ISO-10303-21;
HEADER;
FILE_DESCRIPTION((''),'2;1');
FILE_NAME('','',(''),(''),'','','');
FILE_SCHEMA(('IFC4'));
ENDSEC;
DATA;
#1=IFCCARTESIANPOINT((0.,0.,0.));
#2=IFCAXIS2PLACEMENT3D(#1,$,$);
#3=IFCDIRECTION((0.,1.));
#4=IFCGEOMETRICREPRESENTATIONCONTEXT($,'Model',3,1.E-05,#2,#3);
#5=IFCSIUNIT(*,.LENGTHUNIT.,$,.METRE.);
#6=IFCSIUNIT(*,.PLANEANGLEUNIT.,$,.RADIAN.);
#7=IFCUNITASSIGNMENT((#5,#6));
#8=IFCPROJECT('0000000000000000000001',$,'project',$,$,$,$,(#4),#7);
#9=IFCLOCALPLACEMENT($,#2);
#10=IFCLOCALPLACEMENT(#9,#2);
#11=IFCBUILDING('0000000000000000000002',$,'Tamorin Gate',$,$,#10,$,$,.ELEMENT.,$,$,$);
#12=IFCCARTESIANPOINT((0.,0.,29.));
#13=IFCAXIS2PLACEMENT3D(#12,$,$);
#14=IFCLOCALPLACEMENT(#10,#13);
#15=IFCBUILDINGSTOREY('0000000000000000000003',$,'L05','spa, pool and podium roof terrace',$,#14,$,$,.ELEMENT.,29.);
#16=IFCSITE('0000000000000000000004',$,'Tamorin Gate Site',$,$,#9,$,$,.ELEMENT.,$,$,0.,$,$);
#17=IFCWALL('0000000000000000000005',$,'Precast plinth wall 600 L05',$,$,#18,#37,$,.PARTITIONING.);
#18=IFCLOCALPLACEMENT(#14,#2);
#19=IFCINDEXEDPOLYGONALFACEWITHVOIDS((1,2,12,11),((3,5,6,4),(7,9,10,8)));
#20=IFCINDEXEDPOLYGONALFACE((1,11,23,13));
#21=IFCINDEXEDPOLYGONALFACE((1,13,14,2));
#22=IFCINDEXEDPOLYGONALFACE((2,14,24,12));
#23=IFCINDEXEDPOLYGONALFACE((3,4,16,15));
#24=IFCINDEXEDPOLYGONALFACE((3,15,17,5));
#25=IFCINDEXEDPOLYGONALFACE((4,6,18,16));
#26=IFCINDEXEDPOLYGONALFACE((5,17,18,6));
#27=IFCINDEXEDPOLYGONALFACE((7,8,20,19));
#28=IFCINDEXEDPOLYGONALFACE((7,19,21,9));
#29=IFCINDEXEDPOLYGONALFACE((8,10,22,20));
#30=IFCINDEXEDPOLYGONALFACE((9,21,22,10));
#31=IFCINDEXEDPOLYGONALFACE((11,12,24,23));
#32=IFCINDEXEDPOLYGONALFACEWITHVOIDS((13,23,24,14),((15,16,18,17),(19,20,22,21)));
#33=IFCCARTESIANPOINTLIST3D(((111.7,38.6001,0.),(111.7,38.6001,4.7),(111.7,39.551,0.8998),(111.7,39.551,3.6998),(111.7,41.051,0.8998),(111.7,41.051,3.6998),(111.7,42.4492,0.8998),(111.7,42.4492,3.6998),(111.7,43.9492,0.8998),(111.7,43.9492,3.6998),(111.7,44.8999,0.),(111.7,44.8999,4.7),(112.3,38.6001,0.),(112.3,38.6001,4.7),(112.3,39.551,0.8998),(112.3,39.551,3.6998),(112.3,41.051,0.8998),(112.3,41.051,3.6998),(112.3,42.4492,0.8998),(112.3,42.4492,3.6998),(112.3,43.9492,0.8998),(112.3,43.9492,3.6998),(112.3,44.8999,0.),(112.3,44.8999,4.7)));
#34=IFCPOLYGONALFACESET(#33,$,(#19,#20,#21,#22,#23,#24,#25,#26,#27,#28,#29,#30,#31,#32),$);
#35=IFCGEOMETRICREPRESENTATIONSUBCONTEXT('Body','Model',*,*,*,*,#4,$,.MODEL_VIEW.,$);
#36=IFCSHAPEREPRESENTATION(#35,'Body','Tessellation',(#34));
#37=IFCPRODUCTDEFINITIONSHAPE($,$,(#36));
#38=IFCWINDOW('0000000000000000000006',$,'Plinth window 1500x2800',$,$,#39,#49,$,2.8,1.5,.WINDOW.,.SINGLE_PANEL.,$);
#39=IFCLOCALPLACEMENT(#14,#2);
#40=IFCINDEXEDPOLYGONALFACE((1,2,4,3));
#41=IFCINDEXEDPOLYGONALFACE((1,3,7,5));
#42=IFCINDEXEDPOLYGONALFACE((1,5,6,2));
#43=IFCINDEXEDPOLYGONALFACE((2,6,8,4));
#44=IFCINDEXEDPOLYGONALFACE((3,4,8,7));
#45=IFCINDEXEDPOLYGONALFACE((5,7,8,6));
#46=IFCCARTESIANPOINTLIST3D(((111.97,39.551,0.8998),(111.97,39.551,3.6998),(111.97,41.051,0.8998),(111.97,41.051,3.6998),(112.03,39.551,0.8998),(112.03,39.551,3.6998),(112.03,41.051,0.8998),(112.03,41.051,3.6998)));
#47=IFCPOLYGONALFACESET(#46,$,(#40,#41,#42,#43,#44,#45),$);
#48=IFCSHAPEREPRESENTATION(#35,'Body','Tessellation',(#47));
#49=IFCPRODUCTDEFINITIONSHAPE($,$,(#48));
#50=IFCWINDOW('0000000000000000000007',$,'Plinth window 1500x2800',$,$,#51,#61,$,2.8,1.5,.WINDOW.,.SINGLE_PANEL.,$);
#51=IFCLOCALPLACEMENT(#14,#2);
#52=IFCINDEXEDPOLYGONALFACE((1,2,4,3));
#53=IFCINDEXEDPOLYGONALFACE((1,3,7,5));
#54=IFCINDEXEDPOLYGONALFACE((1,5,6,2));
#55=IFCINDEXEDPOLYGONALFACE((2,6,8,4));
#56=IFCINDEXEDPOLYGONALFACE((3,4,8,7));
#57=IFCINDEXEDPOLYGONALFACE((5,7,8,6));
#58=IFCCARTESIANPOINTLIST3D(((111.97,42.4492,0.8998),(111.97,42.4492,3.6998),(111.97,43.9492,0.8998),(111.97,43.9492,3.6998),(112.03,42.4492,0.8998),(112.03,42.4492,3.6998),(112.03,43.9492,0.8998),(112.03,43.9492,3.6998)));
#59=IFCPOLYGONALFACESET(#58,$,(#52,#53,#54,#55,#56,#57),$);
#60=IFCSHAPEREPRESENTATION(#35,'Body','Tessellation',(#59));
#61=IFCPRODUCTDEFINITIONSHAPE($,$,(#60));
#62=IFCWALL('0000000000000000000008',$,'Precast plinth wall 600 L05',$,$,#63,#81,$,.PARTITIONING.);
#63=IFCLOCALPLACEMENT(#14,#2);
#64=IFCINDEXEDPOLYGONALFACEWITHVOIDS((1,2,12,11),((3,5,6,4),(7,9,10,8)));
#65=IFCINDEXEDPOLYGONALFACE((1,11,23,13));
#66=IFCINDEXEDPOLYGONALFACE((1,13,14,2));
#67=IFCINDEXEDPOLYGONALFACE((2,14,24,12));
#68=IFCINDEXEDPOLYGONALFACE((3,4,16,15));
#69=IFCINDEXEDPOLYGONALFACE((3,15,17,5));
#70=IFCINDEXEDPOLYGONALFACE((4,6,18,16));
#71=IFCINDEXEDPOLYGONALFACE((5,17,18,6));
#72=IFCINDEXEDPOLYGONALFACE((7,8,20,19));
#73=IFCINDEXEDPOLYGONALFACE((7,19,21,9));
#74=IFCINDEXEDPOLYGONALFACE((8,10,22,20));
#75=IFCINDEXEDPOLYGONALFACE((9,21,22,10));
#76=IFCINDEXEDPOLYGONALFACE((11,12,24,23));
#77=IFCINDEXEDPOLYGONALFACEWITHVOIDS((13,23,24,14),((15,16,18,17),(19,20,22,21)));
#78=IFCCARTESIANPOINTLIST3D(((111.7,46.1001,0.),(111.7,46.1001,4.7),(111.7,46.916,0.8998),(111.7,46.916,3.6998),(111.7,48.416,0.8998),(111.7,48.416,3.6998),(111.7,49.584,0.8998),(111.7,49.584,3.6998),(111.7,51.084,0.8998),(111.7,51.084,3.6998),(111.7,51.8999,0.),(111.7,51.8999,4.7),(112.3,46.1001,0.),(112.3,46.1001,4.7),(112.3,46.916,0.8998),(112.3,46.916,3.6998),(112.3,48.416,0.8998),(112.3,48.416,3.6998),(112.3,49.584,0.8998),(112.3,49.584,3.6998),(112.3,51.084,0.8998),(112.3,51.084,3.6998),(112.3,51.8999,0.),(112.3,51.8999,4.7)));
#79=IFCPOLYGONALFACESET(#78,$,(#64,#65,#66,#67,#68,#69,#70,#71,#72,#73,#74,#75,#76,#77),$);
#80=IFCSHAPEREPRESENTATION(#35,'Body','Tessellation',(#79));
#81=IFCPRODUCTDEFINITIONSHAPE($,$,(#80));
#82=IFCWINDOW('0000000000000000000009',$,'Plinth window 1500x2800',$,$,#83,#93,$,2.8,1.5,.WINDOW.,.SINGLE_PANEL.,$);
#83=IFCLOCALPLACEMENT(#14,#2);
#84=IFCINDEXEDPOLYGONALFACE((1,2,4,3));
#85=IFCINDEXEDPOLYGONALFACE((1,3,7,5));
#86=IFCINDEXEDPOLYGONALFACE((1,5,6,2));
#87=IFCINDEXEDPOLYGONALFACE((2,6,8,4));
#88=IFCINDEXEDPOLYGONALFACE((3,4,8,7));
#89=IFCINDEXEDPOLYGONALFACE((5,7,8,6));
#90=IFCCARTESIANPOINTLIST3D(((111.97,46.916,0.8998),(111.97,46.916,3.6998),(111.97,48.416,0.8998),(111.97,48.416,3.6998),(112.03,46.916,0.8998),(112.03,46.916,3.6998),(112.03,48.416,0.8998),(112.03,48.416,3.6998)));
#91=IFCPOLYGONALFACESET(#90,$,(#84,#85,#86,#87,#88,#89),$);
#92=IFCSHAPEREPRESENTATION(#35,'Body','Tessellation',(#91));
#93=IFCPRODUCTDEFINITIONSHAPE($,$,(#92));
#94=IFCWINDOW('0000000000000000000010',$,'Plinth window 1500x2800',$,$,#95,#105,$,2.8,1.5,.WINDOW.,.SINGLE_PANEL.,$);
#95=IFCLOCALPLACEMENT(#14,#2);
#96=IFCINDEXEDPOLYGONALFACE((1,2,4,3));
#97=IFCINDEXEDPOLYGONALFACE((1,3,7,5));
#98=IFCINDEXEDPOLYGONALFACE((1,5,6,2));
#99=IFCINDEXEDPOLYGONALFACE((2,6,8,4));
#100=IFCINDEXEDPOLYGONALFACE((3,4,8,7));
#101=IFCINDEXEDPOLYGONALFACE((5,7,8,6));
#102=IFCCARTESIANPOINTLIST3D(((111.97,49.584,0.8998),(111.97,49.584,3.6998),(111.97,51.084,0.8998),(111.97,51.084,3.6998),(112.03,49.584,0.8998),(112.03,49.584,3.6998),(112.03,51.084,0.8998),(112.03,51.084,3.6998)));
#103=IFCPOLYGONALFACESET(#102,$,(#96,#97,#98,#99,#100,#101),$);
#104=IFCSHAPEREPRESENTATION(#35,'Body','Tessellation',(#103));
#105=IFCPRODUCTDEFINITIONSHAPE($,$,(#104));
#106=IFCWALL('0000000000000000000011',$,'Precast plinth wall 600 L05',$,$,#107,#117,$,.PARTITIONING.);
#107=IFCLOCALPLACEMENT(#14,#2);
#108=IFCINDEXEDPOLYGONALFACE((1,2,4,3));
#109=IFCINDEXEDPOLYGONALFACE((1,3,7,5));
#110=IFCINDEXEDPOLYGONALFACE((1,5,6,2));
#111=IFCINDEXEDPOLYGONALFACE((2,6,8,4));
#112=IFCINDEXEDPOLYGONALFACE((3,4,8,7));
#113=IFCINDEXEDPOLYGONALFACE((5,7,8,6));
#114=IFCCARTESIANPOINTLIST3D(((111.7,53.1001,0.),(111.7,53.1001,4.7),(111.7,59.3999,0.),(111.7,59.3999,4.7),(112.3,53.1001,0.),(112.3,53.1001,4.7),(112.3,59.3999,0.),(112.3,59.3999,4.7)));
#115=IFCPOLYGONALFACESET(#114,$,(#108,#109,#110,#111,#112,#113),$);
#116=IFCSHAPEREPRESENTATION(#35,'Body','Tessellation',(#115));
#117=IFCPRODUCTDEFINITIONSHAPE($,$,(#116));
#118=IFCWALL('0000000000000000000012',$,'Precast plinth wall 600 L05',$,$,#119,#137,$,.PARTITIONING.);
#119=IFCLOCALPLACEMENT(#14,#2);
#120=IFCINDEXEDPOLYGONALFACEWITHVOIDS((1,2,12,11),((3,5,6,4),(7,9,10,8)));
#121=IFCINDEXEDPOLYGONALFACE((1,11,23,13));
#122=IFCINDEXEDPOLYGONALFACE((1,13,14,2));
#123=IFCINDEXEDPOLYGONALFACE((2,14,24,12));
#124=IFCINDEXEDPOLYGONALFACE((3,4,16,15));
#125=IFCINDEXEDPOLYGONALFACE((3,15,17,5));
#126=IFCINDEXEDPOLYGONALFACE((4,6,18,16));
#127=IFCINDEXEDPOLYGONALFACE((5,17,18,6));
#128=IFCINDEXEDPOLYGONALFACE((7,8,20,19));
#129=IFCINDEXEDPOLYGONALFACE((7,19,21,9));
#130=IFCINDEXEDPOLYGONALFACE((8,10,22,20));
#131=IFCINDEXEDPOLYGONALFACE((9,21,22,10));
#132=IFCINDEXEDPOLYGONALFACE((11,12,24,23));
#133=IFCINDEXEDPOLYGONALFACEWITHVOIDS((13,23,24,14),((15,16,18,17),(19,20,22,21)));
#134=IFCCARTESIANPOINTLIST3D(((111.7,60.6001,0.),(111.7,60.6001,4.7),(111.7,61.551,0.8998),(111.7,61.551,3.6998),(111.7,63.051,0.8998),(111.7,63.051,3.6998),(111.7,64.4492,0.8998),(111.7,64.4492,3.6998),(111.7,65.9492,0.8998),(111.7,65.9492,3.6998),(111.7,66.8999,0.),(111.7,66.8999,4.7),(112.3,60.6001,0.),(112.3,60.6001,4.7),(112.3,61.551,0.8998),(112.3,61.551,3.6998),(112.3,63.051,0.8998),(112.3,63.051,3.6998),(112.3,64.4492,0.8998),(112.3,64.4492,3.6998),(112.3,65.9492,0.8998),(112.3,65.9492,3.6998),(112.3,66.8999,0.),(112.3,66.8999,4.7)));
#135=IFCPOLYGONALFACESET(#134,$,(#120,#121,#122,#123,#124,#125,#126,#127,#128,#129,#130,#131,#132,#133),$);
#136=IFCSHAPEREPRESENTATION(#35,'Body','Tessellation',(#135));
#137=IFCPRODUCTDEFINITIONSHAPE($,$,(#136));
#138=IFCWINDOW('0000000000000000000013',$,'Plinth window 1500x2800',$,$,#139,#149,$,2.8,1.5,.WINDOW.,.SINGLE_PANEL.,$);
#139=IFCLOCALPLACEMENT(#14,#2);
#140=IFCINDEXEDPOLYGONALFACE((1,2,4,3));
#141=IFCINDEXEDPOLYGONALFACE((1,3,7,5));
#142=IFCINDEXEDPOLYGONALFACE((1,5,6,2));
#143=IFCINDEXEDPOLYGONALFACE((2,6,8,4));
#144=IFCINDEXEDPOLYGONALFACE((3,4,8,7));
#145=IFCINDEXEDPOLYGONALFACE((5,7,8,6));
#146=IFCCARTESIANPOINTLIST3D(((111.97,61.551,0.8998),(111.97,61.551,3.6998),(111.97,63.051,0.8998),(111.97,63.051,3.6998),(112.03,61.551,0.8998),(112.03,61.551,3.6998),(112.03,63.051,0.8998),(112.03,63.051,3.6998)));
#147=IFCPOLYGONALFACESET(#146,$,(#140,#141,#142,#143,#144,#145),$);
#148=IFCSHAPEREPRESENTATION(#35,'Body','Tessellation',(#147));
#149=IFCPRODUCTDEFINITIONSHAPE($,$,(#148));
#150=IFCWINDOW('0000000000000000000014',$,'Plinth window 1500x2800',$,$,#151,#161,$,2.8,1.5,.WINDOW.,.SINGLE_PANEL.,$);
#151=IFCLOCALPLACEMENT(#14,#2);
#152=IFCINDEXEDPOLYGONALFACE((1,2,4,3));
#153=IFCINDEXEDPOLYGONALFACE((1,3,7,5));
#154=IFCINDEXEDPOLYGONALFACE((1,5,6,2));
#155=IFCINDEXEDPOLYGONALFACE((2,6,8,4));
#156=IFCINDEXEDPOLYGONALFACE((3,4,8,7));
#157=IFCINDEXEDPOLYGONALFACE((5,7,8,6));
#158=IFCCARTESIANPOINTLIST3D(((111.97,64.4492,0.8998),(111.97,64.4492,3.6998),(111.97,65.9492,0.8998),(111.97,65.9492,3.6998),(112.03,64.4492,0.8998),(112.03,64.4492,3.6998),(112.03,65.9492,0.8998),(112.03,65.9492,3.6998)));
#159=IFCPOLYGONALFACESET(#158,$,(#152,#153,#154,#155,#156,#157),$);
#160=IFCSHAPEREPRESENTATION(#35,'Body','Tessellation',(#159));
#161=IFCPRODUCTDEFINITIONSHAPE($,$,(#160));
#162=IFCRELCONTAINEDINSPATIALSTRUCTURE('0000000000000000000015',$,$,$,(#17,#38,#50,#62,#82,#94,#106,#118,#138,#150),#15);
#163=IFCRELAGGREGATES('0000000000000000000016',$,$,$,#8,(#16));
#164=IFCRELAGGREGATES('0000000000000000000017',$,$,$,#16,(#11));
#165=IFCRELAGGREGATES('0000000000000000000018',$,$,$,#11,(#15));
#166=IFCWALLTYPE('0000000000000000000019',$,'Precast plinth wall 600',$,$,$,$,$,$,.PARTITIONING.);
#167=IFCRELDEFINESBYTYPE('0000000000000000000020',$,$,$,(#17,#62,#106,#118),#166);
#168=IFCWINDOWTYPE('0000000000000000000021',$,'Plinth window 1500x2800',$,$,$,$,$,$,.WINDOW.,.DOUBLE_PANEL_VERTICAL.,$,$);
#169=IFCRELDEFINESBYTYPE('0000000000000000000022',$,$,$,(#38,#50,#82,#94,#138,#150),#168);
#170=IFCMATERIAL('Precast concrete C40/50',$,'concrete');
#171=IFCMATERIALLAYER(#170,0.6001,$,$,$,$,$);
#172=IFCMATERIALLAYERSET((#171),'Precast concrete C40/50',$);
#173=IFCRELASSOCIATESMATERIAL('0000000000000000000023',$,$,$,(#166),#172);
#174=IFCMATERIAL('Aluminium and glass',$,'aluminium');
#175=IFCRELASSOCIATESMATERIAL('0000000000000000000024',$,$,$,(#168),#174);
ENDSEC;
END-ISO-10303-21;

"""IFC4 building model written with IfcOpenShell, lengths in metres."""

from ifc_helpers import new_model, si_unit, direction, frame, frame_2d, origin, place, context, subcontext, project, spatial, rectangle, extrude, material, layer, layer_set, type_object, element, fill, save


model = new_model("IFC4")

# Units and contexts
model_context = context("Model", 3, precision=1e-05, world=origin(), true_north=direction((0.0, 1.0)))
body_context = subcontext(model_context, "Body", "Model", "MODEL_VIEW")
ifc_project = project(units=[si_unit("LENGTHUNIT", "METRE"), si_unit("PLANEANGLEUNIT", "RADIAN")], contexts=[model_context])

# Site, building, storey
site_placement = place(None, origin())
site = spatial("IfcSite", under=ifc_project, at=site_placement, Name="Tamorin Gate Site", CompositionType="ELEMENT", RefElevation=0.0)
building_placement = place(site_placement, origin())
building = spatial("IfcBuilding", under=site, at=building_placement, Name="Tamorin Gate", CompositionType="ELEMENT")
storey_placement = place(building_placement, frame((0.0, 0.0, 29.0)))
storey = spatial("IfcBuildingStorey", under=building, at=storey_placement, Name="L05", Description="spa, pool and podium roof terrace", CompositionType="ELEMENT", Elevation=29.0)

# Walls, openings, windows
ifc_material_1 = material(Name="Precast concrete C40/50", Category="concrete")
ifc_layer = layer(ifc_material_1, 0.6001)
ifc_layer_set = layer_set([ifc_layer], Name="Precast concrete C40/50")
wall_type = type_object("IfcWallType", Name="Precast plinth wall 600", PredefinedType="PARTITIONING", material=ifc_layer_set)
ifc_material_2 = material(Name="Aluminium and glass", Category="aluminium")
window_type = type_object("IfcWindowType", Name="Plinth window 1500x2800", PartitioningType="DOUBLE_PANEL_VERTICAL", PredefinedType="WINDOW", material=ifc_material_2)
wall_1_placement = place(storey_placement, frame((112.0, 38.6001, 0.0), z_axis=(0.0, 0.0, 1.0), x_axis=(0.0, 1.0, 0.0)))
wall_1 = element("IfcWall", 1, at=wall_1_placement, inside=storey, type_object=wall_type, Name="Precast plinth wall 600 L05", PredefinedType="PARTITIONING", context=body_context, shape_type="SweptSolid", body=[
    extrude(rectangle(XDim=6.2998, YDim=0.6001, at=frame_2d((3.1499, 0.0))), origin(), (0.0, 0.0, 1.0), 4.7),
])
opening_1_placement = place(wall_1_placement, frame((0.9509, 0.0, 0.8999)))
opening_1 = element("IfcOpeningElement", 2, at=opening_1_placement, cuts=wall_1, PredefinedType="OPENING", context=body_context, shape_type="SweptSolid", body=[
    extrude(rectangle(XDim=1.5, YDim=2.8, at=frame_2d((0.75, 1.3999))), frame((0.0, 0.3101, 0.0), z_axis=(0.0, -1.0, 0.0), x_axis=(1.0, 0.0, 0.0)), (0.0, 0.0, 1.0), 0.6201),
])
opening_2_placement = place(wall_1_placement, frame((3.8491, 0.0, 0.8999)))
opening_2 = element("IfcOpeningElement", 3, at=opening_2_placement, cuts=wall_1, PredefinedType="OPENING", context=body_context, shape_type="SweptSolid", body=[
    extrude(rectangle(XDim=1.5, YDim=2.8, at=frame_2d((0.75, 1.3999))), frame((0.0, 0.3101, 0.0), z_axis=(0.0, -1.0, 0.0), x_axis=(1.0, 0.0, 0.0)), (0.0, 0.0, 1.0), 0.6201),
])
window_1_placement = place(opening_1_placement, origin())
window_1 = element("IfcWindow", 4, at=window_1_placement, inside=storey, type_object=window_type, Name="Plinth window 1500x2800", OverallHeight=2.8, OverallWidth=1.5, PartitioningType="SINGLE_PANEL", PredefinedType="WINDOW", context=body_context, shape_type="SweptSolid", body=[
    extrude(rectangle(XDim=1.5, YDim=2.8, at=frame_2d((0.75, 1.3999))), frame((0.0, 0.03, 0.0), z_axis=(0.0, -1.0, 0.0), x_axis=(1.0, 0.0, 0.0)), (0.0, 0.0, 1.0), 0.0601),
])
fill(opening_1, window_1)
window_2_placement = place(opening_2_placement, origin())
window_2 = element("IfcWindow", 5, at=window_2_placement, inside=storey, type_object=window_type, Name="Plinth window 1500x2800", OverallHeight=2.8, OverallWidth=1.5, PartitioningType="SINGLE_PANEL", PredefinedType="WINDOW", context=body_context, shape_type="SweptSolid", body=[
    extrude(rectangle(XDim=1.5, YDim=2.8, at=frame_2d((0.75, 1.3999))), frame((0.0, 0.03, 0.0), z_axis=(0.0, -1.0, 0.0), x_axis=(1.0, 0.0, 0.0)), (0.0, 0.0, 1.0), 0.0601),
])
fill(opening_2, window_2)
wall_2_placement = place(storey_placement, frame((112.0, 46.1001, 0.0), z_axis=(0.0, 0.0, 1.0), x_axis=(0.0, 1.0, 0.0)))
wall_2 = element("IfcWall", 6, at=wall_2_placement, inside=storey, type_object=wall_type, Name="Precast plinth wall 600 L05", PredefinedType="PARTITIONING", context=body_context, shape_type="SweptSolid", body=[
    extrude(rectangle(XDim=5.7998, YDim=0.6001, at=frame_2d((2.8999, 0.0))), origin(), (0.0, 0.0, 1.0), 4.7),
])
opening_3_placement = place(wall_2_placement, frame((0.8159, 0.0, 0.8999)))
opening_3 = element("IfcOpeningElement", 7, at=opening_3_placement, cuts=wall_2, PredefinedType="OPENING", context=body_context, shape_type="SweptSolid", body=[
    extrude(rectangle(XDim=1.5, YDim=2.8, at=frame_2d((0.75, 1.3999))), frame((0.0, 0.3101, 0.0), z_axis=(0.0, -1.0, 0.0), x_axis=(1.0, 0.0, 0.0)), (0.0, 0.0, 1.0), 0.6201),
])
opening_4_placement = place(wall_2_placement, frame((3.4839, 0.0, 0.8999)))
opening_4 = element("IfcOpeningElement", 8, at=opening_4_placement, cuts=wall_2, PredefinedType="OPENING", context=body_context, shape_type="SweptSolid", body=[
    extrude(rectangle(XDim=1.5, YDim=2.8, at=frame_2d((0.75, 1.3999))), frame((0.0, 0.3101, 0.0), z_axis=(0.0, -1.0, 0.0), x_axis=(1.0, 0.0, 0.0)), (0.0, 0.0, 1.0), 0.6201),
])
window_3_placement = place(opening_3_placement, origin())
window_3 = element("IfcWindow", 9, at=window_3_placement, inside=storey, type_object=window_type, Name="Plinth window 1500x2800", OverallHeight=2.8, OverallWidth=1.5, PartitioningType="SINGLE_PANEL", PredefinedType="WINDOW", context=body_context, shape_type="SweptSolid", body=[
    extrude(rectangle(XDim=1.5, YDim=2.8, at=frame_2d((0.75, 1.3999))), frame((0.0, 0.03, 0.0), z_axis=(0.0, -1.0, 0.0), x_axis=(1.0, 0.0, 0.0)), (0.0, 0.0, 1.0), 0.0601),
])
fill(opening_3, window_3)
window_4_placement = place(opening_4_placement, origin())
window_4 = element("IfcWindow", 10, at=window_4_placement, inside=storey, type_object=window_type, Name="Plinth window 1500x2800", OverallHeight=2.8, OverallWidth=1.5, PartitioningType="SINGLE_PANEL", PredefinedType="WINDOW", context=body_context, shape_type="SweptSolid", body=[
    extrude(rectangle(XDim=1.5, YDim=2.8, at=frame_2d((0.75, 1.3999))), frame((0.0, 0.03, 0.0), z_axis=(0.0, -1.0, 0.0), x_axis=(1.0, 0.0, 0.0)), (0.0, 0.0, 1.0), 0.0601),
])
fill(opening_4, window_4)

# Wall
wall_3_placement = place(storey_placement, frame((112.0, 53.1001, 0.0), z_axis=(0.0, 0.0, 1.0), x_axis=(0.0, 1.0, 0.0)))
element("IfcWall", 11, at=wall_3_placement, inside=storey, type_object=wall_type, Name="Precast plinth wall 600 L05", PredefinedType="PARTITIONING", context=body_context, shape_type="SweptSolid", body=[
    extrude(rectangle(XDim=6.2998, YDim=0.6001, at=frame_2d((3.1499, 0.0))), origin(), (0.0, 0.0, 1.0), 4.7),
])

# Wall, openings, windows
wall_4_placement = place(storey_placement, frame((112.0, 60.6001, 0.0), z_axis=(0.0, 0.0, 1.0), x_axis=(0.0, 1.0, 0.0)))
wall_4 = element("IfcWall", 12, at=wall_4_placement, inside=storey, type_object=wall_type, Name="Precast plinth wall 600 L05", PredefinedType="PARTITIONING", context=body_context, shape_type="SweptSolid", body=[
    extrude(rectangle(XDim=6.2998, YDim=0.6001, at=frame_2d((3.1499, 0.0))), origin(), (0.0, 0.0, 1.0), 4.7),
])
opening_5_placement = place(wall_4_placement, frame((0.9509, 0.0, 0.8999)))
opening_5 = element("IfcOpeningElement", 13, at=opening_5_placement, cuts=wall_4, PredefinedType="OPENING", context=body_context, shape_type="SweptSolid", body=[
    extrude(rectangle(XDim=1.5, YDim=2.8, at=frame_2d((0.75, 1.3999))), frame((0.0, 0.3101, 0.0), z_axis=(0.0, -1.0, 0.0), x_axis=(1.0, 0.0, 0.0)), (0.0, 0.0, 1.0), 0.6201),
])
opening_6_placement = place(wall_4_placement, frame((3.8491, 0.0, 0.8999)))
opening_6 = element("IfcOpeningElement", 14, at=opening_6_placement, cuts=wall_4, PredefinedType="OPENING", context=body_context, shape_type="SweptSolid", body=[
    extrude(rectangle(XDim=1.5, YDim=2.8, at=frame_2d((0.75, 1.3999))), frame((0.0, 0.3101, 0.0), z_axis=(0.0, -1.0, 0.0), x_axis=(1.0, 0.0, 0.0)), (0.0, 0.0, 1.0), 0.6201),
])
window_5_placement = place(opening_5_placement, origin())
window_5 = element("IfcWindow", 15, at=window_5_placement, inside=storey, type_object=window_type, Name="Plinth window 1500x2800", OverallHeight=2.8, OverallWidth=1.5, PartitioningType="SINGLE_PANEL", PredefinedType="WINDOW", context=body_context, shape_type="SweptSolid", body=[
    extrude(rectangle(XDim=1.5, YDim=2.8, at=frame_2d((0.75, 1.3999))), frame((0.0, 0.03, 0.0), z_axis=(0.0, -1.0, 0.0), x_axis=(1.0, 0.0, 0.0)), (0.0, 0.0, 1.0), 0.0601),
])
fill(opening_5, window_5)
window_6_placement = place(opening_6_placement, origin())
window_6 = element("IfcWindow", 16, at=window_6_placement, inside=storey, type_object=window_type, Name="Plinth window 1500x2800", OverallHeight=2.8, OverallWidth=1.5, PartitioningType="SINGLE_PANEL", PredefinedType="WINDOW", context=body_context, shape_type="SweptSolid", body=[
    extrude(rectangle(XDim=1.5, YDim=2.8, at=frame_2d((0.75, 1.3999))), frame((0.0, 0.03, 0.0), z_axis=(0.0, -1.0, 0.0), x_axis=(1.0, 0.0, 0.0)), (0.0, 0.0, 1.0), 0.0601),
])
fill(opening_6, window_6)

save(model, "model.ifc")
